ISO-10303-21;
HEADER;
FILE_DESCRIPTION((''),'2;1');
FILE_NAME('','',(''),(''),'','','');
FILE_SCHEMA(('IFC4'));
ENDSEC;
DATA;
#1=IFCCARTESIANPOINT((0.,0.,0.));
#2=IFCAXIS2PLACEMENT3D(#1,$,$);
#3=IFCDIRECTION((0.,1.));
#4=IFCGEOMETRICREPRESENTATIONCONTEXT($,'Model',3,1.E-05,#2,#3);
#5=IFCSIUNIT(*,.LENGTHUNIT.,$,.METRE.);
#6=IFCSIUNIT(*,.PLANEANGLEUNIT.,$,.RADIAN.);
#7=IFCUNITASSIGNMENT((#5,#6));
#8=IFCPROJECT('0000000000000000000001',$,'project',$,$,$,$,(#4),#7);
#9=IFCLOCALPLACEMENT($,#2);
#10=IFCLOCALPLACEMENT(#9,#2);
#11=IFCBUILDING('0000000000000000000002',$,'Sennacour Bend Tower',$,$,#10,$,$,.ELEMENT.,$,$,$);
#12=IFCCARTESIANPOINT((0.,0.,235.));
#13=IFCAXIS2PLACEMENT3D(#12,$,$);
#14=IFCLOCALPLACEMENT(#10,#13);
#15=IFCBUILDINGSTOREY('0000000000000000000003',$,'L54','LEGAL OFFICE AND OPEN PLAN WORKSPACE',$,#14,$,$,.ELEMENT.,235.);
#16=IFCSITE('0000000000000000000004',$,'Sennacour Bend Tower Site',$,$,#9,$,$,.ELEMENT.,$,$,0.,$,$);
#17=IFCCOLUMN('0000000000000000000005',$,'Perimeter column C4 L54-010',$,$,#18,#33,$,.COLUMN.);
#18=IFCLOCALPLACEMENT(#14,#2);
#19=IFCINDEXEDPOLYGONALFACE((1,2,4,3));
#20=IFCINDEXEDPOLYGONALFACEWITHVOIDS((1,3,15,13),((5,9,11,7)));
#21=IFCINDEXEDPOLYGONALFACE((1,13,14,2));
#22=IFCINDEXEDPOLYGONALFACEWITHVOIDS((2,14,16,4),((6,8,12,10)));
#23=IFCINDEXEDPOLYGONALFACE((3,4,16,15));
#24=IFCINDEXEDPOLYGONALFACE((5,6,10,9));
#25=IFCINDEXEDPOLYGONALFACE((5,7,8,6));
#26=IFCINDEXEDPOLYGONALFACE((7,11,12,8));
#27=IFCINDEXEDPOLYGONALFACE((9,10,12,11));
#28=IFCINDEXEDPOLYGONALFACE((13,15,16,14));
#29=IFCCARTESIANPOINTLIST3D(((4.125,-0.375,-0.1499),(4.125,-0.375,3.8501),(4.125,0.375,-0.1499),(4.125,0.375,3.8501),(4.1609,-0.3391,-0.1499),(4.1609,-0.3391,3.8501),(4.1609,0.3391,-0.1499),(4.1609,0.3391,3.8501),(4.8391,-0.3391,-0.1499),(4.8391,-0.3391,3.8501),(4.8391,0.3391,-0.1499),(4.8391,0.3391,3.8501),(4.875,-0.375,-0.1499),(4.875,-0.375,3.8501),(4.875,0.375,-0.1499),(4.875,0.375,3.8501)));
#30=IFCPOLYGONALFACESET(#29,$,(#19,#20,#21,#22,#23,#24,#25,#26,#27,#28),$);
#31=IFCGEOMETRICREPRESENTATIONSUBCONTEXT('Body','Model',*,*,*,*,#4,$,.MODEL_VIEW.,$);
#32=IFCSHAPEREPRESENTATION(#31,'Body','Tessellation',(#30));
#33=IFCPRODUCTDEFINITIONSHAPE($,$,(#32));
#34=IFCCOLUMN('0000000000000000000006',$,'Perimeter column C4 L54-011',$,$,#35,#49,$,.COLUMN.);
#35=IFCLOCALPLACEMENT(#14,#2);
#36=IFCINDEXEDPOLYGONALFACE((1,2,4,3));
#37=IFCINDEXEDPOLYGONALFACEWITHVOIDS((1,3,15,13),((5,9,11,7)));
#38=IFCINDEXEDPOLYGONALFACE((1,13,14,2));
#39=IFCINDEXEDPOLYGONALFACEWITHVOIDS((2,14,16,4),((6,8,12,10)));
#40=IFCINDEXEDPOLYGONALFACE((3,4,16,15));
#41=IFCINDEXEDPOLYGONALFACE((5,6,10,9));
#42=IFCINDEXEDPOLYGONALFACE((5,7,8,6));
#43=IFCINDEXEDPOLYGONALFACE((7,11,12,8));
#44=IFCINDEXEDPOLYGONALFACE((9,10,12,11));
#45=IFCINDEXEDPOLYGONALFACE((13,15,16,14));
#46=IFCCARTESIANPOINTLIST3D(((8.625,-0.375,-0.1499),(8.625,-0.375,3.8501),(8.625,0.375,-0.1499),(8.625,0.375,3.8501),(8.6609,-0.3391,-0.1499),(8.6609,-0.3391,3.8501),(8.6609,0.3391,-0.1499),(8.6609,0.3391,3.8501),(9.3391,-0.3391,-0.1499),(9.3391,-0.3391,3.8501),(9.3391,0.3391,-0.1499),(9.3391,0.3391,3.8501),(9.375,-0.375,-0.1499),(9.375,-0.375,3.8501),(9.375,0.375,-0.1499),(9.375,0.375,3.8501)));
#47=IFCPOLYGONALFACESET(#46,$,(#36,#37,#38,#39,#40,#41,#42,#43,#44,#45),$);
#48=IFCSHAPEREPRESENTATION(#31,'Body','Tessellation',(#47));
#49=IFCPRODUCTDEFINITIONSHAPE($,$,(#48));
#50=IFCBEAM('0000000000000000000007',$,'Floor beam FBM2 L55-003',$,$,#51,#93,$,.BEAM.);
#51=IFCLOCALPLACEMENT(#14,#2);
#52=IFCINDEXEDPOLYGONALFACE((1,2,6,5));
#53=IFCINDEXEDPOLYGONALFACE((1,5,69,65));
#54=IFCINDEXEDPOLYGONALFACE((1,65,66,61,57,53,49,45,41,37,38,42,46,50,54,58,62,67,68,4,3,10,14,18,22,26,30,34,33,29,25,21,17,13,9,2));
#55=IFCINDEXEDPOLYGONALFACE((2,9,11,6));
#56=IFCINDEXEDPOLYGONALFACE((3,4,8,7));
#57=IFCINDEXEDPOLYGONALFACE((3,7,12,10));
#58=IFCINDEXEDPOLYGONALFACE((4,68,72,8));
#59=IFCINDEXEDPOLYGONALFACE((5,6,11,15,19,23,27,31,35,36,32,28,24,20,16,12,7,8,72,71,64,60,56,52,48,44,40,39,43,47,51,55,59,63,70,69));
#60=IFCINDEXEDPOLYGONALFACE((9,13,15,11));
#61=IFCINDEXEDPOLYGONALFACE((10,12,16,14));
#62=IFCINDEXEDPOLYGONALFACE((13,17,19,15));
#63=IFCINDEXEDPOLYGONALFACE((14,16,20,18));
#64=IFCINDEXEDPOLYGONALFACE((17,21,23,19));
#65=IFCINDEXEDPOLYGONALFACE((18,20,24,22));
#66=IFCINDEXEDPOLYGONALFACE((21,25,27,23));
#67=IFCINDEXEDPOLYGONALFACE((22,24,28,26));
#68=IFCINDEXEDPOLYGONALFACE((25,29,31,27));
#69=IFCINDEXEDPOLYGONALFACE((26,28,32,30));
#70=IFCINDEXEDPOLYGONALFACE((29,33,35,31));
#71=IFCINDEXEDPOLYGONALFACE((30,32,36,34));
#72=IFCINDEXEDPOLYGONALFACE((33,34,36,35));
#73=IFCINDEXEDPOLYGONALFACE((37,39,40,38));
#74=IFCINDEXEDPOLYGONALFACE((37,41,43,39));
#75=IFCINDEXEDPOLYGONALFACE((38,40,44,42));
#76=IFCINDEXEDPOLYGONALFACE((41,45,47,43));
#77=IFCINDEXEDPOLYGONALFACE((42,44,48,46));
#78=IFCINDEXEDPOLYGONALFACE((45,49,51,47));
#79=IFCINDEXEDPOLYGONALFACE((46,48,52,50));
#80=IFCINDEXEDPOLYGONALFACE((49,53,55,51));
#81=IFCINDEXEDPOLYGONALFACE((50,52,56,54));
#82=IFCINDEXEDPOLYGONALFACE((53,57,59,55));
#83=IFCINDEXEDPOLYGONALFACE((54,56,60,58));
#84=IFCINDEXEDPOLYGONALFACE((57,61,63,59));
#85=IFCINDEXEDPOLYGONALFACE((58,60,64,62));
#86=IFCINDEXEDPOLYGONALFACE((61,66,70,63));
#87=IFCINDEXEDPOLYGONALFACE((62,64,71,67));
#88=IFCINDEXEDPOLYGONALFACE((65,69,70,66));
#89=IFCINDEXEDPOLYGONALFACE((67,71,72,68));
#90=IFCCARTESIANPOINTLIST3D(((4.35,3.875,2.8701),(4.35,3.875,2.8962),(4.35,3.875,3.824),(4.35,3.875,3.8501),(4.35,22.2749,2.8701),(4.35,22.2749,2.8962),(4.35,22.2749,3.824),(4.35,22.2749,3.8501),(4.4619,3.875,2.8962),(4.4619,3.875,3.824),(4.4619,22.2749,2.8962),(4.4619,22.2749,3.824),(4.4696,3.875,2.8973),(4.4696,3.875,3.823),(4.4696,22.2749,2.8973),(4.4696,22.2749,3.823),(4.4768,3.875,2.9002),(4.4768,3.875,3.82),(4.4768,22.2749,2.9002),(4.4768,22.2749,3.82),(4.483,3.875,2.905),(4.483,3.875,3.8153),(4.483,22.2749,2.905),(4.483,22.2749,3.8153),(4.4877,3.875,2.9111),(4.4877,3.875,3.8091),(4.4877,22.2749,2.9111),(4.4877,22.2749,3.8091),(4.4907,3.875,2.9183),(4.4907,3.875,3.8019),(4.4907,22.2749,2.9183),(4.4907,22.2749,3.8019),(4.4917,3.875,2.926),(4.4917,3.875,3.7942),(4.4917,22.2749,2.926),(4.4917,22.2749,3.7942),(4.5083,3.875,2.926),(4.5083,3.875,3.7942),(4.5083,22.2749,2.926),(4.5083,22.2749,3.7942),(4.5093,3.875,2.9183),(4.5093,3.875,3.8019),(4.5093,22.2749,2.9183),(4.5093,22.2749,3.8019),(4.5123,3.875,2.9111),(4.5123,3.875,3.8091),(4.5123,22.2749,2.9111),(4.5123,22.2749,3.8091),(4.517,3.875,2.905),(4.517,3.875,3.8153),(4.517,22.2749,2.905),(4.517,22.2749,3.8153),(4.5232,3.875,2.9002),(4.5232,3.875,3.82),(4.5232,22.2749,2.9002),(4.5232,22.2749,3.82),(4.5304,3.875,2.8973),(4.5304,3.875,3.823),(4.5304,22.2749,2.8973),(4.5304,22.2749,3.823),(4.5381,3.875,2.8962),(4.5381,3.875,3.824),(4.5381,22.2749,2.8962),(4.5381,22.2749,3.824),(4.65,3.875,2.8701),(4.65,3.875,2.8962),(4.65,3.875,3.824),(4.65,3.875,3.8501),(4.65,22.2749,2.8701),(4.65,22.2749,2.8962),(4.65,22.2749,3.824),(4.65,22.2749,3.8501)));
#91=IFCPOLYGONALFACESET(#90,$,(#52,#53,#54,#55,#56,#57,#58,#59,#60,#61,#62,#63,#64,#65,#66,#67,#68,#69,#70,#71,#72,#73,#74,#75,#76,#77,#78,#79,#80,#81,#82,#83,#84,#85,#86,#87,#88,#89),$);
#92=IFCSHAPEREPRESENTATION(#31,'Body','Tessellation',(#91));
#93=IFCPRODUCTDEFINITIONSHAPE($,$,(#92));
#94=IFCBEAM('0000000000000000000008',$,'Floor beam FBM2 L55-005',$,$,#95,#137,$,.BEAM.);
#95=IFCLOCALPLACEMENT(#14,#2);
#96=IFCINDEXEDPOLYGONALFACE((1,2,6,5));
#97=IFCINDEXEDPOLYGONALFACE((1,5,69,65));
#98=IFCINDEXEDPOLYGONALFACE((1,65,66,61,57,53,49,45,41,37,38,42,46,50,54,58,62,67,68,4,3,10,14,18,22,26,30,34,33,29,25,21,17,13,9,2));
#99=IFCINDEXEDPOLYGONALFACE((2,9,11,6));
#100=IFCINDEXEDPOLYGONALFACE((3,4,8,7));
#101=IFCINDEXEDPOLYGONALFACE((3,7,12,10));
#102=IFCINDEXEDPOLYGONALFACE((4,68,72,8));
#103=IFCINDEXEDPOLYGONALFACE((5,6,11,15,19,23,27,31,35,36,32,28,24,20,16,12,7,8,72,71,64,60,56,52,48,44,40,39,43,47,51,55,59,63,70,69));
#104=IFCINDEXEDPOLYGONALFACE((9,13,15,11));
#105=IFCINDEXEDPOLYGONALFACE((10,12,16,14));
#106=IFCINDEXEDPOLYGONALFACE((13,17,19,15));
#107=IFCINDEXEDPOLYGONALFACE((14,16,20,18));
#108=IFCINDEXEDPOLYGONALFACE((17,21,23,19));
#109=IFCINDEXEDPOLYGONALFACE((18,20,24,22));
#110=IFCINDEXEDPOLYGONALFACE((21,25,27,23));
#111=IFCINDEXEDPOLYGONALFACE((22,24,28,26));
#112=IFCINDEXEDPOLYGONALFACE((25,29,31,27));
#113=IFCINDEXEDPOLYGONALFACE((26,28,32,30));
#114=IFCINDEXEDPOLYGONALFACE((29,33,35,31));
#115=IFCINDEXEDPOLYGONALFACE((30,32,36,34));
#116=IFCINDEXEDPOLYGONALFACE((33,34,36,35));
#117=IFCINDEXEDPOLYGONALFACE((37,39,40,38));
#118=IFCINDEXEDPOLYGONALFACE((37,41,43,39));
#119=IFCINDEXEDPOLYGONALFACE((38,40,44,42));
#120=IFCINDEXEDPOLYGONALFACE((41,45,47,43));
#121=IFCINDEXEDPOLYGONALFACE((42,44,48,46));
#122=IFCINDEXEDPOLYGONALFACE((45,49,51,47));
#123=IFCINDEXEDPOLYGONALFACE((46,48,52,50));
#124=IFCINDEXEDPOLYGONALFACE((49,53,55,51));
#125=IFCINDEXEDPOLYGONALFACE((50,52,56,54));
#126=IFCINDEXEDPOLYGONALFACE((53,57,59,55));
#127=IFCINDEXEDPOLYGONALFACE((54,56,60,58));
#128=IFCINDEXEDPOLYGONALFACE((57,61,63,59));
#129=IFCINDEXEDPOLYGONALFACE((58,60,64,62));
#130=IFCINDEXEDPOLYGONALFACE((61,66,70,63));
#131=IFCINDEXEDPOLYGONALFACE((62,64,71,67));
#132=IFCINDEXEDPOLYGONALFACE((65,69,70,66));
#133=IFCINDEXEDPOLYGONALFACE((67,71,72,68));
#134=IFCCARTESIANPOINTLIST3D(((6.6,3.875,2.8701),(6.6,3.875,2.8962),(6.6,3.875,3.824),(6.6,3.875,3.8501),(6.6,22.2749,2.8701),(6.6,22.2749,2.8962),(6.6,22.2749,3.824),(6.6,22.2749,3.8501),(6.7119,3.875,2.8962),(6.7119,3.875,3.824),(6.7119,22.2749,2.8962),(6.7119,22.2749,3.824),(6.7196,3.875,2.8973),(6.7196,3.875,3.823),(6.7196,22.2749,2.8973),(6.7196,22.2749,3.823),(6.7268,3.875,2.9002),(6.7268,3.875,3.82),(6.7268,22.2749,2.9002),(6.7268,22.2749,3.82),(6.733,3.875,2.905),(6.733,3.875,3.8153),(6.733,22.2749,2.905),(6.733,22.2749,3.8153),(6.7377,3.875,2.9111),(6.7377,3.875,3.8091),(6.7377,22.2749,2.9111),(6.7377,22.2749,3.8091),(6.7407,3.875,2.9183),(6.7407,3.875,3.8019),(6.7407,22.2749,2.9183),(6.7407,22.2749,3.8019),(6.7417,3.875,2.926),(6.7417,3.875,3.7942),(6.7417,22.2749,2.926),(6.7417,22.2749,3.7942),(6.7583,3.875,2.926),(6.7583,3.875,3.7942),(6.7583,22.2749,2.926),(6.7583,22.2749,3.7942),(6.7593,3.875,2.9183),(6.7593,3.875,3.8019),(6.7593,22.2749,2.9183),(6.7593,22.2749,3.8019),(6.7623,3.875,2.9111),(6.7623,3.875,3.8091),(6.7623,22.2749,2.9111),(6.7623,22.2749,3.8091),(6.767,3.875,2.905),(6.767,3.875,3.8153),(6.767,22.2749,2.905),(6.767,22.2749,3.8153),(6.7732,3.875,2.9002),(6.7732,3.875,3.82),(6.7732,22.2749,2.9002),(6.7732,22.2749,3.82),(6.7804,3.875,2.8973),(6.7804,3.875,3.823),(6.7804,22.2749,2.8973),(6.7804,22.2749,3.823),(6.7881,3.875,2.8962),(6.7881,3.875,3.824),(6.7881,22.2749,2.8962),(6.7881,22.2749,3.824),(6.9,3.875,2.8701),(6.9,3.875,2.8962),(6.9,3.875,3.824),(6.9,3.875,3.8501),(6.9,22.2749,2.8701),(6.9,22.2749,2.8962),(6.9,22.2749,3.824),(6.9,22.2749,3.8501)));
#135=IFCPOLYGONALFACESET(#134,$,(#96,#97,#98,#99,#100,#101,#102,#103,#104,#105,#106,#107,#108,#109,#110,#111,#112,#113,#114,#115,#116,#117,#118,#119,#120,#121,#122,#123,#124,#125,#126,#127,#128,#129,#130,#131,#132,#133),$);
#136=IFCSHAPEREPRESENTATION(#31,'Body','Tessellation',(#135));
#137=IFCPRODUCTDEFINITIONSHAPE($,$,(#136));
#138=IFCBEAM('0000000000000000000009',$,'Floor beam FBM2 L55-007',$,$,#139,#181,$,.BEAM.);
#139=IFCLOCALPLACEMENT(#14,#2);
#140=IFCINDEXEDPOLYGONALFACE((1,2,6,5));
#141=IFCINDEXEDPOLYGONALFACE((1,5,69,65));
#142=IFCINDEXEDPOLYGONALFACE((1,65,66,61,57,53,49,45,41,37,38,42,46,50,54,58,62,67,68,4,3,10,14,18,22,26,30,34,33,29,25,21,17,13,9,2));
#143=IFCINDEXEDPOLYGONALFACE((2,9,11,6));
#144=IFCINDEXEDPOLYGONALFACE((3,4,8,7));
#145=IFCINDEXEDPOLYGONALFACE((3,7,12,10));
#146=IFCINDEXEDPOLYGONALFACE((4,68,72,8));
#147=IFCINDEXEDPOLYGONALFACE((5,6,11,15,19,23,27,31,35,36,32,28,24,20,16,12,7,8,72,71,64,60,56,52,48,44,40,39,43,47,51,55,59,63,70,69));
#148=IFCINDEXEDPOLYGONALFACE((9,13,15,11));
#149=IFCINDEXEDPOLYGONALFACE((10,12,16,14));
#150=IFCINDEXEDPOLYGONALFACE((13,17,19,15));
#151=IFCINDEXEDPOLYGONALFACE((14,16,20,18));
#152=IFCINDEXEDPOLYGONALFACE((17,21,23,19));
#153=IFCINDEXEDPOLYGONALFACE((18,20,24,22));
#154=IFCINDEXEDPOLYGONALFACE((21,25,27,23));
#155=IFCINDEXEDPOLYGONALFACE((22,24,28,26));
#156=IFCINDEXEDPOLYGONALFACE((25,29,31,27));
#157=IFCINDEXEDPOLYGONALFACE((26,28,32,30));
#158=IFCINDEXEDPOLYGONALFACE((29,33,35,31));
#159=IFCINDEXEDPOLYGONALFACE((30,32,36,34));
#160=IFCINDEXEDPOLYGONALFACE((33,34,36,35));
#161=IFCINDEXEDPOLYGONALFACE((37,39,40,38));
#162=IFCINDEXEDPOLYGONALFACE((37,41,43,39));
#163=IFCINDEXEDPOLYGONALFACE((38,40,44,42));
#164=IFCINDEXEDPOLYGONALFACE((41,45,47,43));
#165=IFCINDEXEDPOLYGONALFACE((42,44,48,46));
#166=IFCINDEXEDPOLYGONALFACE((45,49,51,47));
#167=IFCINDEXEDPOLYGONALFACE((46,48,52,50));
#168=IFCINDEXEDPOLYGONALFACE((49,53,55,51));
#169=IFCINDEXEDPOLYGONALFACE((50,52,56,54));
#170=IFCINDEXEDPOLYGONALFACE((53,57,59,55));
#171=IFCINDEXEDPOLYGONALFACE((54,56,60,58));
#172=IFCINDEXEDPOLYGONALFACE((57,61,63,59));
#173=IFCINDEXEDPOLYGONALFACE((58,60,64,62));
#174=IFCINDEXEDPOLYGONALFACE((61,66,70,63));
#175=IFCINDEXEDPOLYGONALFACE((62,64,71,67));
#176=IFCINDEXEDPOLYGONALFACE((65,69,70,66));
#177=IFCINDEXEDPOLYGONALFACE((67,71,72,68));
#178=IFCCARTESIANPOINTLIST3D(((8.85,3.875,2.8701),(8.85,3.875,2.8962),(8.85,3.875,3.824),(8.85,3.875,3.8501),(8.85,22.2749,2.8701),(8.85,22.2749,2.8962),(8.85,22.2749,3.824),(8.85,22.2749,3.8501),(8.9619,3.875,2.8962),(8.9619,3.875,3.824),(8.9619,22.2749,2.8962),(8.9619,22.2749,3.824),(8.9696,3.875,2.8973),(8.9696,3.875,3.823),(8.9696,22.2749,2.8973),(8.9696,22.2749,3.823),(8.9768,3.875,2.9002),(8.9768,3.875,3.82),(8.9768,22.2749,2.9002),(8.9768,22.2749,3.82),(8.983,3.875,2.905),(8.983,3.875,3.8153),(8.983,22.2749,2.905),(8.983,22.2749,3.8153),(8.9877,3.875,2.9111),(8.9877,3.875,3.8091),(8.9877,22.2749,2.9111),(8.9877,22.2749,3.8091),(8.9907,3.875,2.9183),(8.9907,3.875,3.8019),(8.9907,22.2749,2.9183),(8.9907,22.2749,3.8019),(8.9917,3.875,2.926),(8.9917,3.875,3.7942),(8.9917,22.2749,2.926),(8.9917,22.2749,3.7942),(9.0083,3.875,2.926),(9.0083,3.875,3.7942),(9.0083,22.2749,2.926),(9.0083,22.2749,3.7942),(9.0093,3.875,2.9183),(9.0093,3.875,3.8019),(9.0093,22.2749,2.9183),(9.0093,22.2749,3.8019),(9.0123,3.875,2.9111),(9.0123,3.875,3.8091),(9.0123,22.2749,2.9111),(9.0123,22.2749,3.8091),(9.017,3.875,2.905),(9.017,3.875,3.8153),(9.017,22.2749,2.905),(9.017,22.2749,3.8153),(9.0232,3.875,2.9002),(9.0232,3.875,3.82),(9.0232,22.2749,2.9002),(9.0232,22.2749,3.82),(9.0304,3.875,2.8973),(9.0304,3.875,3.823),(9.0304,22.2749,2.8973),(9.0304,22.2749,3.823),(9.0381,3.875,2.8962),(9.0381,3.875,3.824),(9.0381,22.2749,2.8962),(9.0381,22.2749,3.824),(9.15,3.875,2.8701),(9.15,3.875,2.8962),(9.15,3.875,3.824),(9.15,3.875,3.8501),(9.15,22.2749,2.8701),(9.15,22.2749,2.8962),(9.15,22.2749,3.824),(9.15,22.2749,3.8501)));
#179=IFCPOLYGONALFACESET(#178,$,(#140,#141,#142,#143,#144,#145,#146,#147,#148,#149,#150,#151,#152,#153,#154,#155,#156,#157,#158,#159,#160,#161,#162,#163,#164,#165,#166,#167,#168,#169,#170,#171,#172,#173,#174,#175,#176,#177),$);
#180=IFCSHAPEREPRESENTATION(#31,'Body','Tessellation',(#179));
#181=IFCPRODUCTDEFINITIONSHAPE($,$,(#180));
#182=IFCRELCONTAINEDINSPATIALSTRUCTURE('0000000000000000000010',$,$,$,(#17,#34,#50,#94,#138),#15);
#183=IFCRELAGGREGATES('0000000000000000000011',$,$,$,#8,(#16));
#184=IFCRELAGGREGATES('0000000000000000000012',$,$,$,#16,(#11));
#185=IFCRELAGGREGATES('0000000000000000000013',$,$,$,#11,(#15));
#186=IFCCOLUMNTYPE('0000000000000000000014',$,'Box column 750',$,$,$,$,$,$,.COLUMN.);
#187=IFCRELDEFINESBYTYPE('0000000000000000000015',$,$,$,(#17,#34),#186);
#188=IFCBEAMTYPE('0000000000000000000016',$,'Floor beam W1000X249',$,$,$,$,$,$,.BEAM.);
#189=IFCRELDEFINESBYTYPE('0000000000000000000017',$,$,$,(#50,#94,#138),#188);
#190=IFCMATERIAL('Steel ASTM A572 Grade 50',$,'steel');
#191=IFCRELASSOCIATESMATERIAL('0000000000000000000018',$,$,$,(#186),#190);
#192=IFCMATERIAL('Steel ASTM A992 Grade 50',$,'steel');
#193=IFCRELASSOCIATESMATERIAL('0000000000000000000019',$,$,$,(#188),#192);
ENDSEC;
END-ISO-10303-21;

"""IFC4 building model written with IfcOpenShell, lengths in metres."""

from ifc_helpers import new_model, si_unit, direction, frame, origin, origin_2d, place, context, subcontext, project, spatial, hollow_rectangle, i_section, extrude, material, material_profile, profile_set, type_object, element, save


model = new_model("IFC4")

# Units and contexts
model_context = context("Model", 3, precision=1e-05, world=origin(), true_north=direction((0.0, 1.0)))
body_context = subcontext(model_context, "Body", "Model", "MODEL_VIEW")
ifc_project = project(units=[si_unit("LENGTHUNIT", "METRE"), si_unit("PLANEANGLEUNIT", "RADIAN")], contexts=[model_context])

# Site, building, storey
site_placement = place(None, origin())
site = spatial("IfcSite", under=ifc_project, at=site_placement, Name="Sennacour Bend Tower Site", CompositionType="ELEMENT", RefElevation=0.0)
building_placement = place(site_placement, origin())
building = spatial("IfcBuilding", under=site, at=building_placement, Name="Sennacour Bend Tower", CompositionType="ELEMENT")
storey_placement = place(building_placement, frame((0.0, 0.0, 235.0)))
storey = spatial("IfcBuildingStorey", under=building, at=storey_placement, Name="L54", Description="LEGAL OFFICE AND OPEN PLAN WORKSPACE", CompositionType="ELEMENT", Elevation=235.0)

# Columns
ifc_material_1 = material(Name="Steel ASTM A572 Grade 50", Category="steel")
ifc_material_profile_1 = material_profile(ifc_material_1, hollow_rectangle(XDim=0.75, YDim=0.75, WallThickness=0.0359, at=origin_2d()), Name="Steel ASTM A572 Grade 50", Category="steel")
ifc_profile_set_1 = profile_set([ifc_material_profile_1], Name="Steel ASTM A572 Grade 50")
column_type = type_object("IfcColumnType", Name="Box column 750", PredefinedType="COLUMN", material=ifc_profile_set_1)
for number, where, z_axis, x_axis, name in (
    (1, (4.5, 0.0, -0.1499), (0.0, 0.0, 1.0), (1.0, 0.0, 0.0), "Perimeter column C4 L54-010"),
    (2, (9.0, 0.0, -0.1499), (0.0, 0.0, 1.0), (1.0, 0.0, 0.0), "Perimeter column C4 L54-011"),
):
    element("IfcColumn", number, at=place(storey_placement, frame(where, z_axis=z_axis, x_axis=x_axis)), inside=storey, type_object=column_type, Name=name, PredefinedType="COLUMN", context=body_context, shape_type="SweptSolid", body=[
        extrude(hollow_rectangle(XDim=0.75, YDim=0.75, WallThickness=0.0359, at=origin_2d()), origin(), (0.0, 0.0, 1.0), 4.0),
    ])

# Beams
ifc_material_2 = material(Name="Steel ASTM A992 Grade 50", Category="steel")
ifc_material_profile_2 = material_profile(ifc_material_2, i_section(OverallWidth=0.3, OverallDepth=0.98, WebThickness=0.0166, FlangeThickness=0.0261, FilletRadius=0.0298, at=origin_2d()), Name="Steel ASTM A992 Grade 50", Category="steel")
ifc_profile_set_2 = profile_set([ifc_material_profile_2], Name="Steel ASTM A992 Grade 50")
beam_type_1 = type_object("IfcBeamType", Name="Floor beam W1000X249", PredefinedType="BEAM", material=ifc_profile_set_2)
for number, where, z_axis, x_axis, name in (
    (3, (4.5, 3.875, 3.3601), (0.0, 1.0, 0.0), (-1.0, 0.0, 0.0), "Floor beam FBM2 L55-003"),
    (4, (6.75, 3.875, 3.3601), (0.0, 1.0, 0.0), (-1.0, 0.0, 0.0), "Floor beam FBM2 L55-005"),
    (5, (9.0, 3.875, 3.3601), (0.0, 1.0, 0.0), (-1.0, 0.0, 0.0), "Floor beam FBM2 L55-007"),
):
    element("IfcBeam", number, at=place(storey_placement, frame(where, z_axis=z_axis, x_axis=x_axis)), inside=storey, type_object=beam_type_1, Name=name, PredefinedType="BEAM", context=body_context, shape_type="SweptSolid", body=[
        extrude(i_section(OverallWidth=0.3, OverallDepth=0.98, WebThickness=0.0166, FlangeThickness=0.0261, FilletRadius=0.0298, at=origin_2d()), origin(), (0.0, 0.0, 1.0), 18.3999),
    ])

save(model, "model.ifc")
